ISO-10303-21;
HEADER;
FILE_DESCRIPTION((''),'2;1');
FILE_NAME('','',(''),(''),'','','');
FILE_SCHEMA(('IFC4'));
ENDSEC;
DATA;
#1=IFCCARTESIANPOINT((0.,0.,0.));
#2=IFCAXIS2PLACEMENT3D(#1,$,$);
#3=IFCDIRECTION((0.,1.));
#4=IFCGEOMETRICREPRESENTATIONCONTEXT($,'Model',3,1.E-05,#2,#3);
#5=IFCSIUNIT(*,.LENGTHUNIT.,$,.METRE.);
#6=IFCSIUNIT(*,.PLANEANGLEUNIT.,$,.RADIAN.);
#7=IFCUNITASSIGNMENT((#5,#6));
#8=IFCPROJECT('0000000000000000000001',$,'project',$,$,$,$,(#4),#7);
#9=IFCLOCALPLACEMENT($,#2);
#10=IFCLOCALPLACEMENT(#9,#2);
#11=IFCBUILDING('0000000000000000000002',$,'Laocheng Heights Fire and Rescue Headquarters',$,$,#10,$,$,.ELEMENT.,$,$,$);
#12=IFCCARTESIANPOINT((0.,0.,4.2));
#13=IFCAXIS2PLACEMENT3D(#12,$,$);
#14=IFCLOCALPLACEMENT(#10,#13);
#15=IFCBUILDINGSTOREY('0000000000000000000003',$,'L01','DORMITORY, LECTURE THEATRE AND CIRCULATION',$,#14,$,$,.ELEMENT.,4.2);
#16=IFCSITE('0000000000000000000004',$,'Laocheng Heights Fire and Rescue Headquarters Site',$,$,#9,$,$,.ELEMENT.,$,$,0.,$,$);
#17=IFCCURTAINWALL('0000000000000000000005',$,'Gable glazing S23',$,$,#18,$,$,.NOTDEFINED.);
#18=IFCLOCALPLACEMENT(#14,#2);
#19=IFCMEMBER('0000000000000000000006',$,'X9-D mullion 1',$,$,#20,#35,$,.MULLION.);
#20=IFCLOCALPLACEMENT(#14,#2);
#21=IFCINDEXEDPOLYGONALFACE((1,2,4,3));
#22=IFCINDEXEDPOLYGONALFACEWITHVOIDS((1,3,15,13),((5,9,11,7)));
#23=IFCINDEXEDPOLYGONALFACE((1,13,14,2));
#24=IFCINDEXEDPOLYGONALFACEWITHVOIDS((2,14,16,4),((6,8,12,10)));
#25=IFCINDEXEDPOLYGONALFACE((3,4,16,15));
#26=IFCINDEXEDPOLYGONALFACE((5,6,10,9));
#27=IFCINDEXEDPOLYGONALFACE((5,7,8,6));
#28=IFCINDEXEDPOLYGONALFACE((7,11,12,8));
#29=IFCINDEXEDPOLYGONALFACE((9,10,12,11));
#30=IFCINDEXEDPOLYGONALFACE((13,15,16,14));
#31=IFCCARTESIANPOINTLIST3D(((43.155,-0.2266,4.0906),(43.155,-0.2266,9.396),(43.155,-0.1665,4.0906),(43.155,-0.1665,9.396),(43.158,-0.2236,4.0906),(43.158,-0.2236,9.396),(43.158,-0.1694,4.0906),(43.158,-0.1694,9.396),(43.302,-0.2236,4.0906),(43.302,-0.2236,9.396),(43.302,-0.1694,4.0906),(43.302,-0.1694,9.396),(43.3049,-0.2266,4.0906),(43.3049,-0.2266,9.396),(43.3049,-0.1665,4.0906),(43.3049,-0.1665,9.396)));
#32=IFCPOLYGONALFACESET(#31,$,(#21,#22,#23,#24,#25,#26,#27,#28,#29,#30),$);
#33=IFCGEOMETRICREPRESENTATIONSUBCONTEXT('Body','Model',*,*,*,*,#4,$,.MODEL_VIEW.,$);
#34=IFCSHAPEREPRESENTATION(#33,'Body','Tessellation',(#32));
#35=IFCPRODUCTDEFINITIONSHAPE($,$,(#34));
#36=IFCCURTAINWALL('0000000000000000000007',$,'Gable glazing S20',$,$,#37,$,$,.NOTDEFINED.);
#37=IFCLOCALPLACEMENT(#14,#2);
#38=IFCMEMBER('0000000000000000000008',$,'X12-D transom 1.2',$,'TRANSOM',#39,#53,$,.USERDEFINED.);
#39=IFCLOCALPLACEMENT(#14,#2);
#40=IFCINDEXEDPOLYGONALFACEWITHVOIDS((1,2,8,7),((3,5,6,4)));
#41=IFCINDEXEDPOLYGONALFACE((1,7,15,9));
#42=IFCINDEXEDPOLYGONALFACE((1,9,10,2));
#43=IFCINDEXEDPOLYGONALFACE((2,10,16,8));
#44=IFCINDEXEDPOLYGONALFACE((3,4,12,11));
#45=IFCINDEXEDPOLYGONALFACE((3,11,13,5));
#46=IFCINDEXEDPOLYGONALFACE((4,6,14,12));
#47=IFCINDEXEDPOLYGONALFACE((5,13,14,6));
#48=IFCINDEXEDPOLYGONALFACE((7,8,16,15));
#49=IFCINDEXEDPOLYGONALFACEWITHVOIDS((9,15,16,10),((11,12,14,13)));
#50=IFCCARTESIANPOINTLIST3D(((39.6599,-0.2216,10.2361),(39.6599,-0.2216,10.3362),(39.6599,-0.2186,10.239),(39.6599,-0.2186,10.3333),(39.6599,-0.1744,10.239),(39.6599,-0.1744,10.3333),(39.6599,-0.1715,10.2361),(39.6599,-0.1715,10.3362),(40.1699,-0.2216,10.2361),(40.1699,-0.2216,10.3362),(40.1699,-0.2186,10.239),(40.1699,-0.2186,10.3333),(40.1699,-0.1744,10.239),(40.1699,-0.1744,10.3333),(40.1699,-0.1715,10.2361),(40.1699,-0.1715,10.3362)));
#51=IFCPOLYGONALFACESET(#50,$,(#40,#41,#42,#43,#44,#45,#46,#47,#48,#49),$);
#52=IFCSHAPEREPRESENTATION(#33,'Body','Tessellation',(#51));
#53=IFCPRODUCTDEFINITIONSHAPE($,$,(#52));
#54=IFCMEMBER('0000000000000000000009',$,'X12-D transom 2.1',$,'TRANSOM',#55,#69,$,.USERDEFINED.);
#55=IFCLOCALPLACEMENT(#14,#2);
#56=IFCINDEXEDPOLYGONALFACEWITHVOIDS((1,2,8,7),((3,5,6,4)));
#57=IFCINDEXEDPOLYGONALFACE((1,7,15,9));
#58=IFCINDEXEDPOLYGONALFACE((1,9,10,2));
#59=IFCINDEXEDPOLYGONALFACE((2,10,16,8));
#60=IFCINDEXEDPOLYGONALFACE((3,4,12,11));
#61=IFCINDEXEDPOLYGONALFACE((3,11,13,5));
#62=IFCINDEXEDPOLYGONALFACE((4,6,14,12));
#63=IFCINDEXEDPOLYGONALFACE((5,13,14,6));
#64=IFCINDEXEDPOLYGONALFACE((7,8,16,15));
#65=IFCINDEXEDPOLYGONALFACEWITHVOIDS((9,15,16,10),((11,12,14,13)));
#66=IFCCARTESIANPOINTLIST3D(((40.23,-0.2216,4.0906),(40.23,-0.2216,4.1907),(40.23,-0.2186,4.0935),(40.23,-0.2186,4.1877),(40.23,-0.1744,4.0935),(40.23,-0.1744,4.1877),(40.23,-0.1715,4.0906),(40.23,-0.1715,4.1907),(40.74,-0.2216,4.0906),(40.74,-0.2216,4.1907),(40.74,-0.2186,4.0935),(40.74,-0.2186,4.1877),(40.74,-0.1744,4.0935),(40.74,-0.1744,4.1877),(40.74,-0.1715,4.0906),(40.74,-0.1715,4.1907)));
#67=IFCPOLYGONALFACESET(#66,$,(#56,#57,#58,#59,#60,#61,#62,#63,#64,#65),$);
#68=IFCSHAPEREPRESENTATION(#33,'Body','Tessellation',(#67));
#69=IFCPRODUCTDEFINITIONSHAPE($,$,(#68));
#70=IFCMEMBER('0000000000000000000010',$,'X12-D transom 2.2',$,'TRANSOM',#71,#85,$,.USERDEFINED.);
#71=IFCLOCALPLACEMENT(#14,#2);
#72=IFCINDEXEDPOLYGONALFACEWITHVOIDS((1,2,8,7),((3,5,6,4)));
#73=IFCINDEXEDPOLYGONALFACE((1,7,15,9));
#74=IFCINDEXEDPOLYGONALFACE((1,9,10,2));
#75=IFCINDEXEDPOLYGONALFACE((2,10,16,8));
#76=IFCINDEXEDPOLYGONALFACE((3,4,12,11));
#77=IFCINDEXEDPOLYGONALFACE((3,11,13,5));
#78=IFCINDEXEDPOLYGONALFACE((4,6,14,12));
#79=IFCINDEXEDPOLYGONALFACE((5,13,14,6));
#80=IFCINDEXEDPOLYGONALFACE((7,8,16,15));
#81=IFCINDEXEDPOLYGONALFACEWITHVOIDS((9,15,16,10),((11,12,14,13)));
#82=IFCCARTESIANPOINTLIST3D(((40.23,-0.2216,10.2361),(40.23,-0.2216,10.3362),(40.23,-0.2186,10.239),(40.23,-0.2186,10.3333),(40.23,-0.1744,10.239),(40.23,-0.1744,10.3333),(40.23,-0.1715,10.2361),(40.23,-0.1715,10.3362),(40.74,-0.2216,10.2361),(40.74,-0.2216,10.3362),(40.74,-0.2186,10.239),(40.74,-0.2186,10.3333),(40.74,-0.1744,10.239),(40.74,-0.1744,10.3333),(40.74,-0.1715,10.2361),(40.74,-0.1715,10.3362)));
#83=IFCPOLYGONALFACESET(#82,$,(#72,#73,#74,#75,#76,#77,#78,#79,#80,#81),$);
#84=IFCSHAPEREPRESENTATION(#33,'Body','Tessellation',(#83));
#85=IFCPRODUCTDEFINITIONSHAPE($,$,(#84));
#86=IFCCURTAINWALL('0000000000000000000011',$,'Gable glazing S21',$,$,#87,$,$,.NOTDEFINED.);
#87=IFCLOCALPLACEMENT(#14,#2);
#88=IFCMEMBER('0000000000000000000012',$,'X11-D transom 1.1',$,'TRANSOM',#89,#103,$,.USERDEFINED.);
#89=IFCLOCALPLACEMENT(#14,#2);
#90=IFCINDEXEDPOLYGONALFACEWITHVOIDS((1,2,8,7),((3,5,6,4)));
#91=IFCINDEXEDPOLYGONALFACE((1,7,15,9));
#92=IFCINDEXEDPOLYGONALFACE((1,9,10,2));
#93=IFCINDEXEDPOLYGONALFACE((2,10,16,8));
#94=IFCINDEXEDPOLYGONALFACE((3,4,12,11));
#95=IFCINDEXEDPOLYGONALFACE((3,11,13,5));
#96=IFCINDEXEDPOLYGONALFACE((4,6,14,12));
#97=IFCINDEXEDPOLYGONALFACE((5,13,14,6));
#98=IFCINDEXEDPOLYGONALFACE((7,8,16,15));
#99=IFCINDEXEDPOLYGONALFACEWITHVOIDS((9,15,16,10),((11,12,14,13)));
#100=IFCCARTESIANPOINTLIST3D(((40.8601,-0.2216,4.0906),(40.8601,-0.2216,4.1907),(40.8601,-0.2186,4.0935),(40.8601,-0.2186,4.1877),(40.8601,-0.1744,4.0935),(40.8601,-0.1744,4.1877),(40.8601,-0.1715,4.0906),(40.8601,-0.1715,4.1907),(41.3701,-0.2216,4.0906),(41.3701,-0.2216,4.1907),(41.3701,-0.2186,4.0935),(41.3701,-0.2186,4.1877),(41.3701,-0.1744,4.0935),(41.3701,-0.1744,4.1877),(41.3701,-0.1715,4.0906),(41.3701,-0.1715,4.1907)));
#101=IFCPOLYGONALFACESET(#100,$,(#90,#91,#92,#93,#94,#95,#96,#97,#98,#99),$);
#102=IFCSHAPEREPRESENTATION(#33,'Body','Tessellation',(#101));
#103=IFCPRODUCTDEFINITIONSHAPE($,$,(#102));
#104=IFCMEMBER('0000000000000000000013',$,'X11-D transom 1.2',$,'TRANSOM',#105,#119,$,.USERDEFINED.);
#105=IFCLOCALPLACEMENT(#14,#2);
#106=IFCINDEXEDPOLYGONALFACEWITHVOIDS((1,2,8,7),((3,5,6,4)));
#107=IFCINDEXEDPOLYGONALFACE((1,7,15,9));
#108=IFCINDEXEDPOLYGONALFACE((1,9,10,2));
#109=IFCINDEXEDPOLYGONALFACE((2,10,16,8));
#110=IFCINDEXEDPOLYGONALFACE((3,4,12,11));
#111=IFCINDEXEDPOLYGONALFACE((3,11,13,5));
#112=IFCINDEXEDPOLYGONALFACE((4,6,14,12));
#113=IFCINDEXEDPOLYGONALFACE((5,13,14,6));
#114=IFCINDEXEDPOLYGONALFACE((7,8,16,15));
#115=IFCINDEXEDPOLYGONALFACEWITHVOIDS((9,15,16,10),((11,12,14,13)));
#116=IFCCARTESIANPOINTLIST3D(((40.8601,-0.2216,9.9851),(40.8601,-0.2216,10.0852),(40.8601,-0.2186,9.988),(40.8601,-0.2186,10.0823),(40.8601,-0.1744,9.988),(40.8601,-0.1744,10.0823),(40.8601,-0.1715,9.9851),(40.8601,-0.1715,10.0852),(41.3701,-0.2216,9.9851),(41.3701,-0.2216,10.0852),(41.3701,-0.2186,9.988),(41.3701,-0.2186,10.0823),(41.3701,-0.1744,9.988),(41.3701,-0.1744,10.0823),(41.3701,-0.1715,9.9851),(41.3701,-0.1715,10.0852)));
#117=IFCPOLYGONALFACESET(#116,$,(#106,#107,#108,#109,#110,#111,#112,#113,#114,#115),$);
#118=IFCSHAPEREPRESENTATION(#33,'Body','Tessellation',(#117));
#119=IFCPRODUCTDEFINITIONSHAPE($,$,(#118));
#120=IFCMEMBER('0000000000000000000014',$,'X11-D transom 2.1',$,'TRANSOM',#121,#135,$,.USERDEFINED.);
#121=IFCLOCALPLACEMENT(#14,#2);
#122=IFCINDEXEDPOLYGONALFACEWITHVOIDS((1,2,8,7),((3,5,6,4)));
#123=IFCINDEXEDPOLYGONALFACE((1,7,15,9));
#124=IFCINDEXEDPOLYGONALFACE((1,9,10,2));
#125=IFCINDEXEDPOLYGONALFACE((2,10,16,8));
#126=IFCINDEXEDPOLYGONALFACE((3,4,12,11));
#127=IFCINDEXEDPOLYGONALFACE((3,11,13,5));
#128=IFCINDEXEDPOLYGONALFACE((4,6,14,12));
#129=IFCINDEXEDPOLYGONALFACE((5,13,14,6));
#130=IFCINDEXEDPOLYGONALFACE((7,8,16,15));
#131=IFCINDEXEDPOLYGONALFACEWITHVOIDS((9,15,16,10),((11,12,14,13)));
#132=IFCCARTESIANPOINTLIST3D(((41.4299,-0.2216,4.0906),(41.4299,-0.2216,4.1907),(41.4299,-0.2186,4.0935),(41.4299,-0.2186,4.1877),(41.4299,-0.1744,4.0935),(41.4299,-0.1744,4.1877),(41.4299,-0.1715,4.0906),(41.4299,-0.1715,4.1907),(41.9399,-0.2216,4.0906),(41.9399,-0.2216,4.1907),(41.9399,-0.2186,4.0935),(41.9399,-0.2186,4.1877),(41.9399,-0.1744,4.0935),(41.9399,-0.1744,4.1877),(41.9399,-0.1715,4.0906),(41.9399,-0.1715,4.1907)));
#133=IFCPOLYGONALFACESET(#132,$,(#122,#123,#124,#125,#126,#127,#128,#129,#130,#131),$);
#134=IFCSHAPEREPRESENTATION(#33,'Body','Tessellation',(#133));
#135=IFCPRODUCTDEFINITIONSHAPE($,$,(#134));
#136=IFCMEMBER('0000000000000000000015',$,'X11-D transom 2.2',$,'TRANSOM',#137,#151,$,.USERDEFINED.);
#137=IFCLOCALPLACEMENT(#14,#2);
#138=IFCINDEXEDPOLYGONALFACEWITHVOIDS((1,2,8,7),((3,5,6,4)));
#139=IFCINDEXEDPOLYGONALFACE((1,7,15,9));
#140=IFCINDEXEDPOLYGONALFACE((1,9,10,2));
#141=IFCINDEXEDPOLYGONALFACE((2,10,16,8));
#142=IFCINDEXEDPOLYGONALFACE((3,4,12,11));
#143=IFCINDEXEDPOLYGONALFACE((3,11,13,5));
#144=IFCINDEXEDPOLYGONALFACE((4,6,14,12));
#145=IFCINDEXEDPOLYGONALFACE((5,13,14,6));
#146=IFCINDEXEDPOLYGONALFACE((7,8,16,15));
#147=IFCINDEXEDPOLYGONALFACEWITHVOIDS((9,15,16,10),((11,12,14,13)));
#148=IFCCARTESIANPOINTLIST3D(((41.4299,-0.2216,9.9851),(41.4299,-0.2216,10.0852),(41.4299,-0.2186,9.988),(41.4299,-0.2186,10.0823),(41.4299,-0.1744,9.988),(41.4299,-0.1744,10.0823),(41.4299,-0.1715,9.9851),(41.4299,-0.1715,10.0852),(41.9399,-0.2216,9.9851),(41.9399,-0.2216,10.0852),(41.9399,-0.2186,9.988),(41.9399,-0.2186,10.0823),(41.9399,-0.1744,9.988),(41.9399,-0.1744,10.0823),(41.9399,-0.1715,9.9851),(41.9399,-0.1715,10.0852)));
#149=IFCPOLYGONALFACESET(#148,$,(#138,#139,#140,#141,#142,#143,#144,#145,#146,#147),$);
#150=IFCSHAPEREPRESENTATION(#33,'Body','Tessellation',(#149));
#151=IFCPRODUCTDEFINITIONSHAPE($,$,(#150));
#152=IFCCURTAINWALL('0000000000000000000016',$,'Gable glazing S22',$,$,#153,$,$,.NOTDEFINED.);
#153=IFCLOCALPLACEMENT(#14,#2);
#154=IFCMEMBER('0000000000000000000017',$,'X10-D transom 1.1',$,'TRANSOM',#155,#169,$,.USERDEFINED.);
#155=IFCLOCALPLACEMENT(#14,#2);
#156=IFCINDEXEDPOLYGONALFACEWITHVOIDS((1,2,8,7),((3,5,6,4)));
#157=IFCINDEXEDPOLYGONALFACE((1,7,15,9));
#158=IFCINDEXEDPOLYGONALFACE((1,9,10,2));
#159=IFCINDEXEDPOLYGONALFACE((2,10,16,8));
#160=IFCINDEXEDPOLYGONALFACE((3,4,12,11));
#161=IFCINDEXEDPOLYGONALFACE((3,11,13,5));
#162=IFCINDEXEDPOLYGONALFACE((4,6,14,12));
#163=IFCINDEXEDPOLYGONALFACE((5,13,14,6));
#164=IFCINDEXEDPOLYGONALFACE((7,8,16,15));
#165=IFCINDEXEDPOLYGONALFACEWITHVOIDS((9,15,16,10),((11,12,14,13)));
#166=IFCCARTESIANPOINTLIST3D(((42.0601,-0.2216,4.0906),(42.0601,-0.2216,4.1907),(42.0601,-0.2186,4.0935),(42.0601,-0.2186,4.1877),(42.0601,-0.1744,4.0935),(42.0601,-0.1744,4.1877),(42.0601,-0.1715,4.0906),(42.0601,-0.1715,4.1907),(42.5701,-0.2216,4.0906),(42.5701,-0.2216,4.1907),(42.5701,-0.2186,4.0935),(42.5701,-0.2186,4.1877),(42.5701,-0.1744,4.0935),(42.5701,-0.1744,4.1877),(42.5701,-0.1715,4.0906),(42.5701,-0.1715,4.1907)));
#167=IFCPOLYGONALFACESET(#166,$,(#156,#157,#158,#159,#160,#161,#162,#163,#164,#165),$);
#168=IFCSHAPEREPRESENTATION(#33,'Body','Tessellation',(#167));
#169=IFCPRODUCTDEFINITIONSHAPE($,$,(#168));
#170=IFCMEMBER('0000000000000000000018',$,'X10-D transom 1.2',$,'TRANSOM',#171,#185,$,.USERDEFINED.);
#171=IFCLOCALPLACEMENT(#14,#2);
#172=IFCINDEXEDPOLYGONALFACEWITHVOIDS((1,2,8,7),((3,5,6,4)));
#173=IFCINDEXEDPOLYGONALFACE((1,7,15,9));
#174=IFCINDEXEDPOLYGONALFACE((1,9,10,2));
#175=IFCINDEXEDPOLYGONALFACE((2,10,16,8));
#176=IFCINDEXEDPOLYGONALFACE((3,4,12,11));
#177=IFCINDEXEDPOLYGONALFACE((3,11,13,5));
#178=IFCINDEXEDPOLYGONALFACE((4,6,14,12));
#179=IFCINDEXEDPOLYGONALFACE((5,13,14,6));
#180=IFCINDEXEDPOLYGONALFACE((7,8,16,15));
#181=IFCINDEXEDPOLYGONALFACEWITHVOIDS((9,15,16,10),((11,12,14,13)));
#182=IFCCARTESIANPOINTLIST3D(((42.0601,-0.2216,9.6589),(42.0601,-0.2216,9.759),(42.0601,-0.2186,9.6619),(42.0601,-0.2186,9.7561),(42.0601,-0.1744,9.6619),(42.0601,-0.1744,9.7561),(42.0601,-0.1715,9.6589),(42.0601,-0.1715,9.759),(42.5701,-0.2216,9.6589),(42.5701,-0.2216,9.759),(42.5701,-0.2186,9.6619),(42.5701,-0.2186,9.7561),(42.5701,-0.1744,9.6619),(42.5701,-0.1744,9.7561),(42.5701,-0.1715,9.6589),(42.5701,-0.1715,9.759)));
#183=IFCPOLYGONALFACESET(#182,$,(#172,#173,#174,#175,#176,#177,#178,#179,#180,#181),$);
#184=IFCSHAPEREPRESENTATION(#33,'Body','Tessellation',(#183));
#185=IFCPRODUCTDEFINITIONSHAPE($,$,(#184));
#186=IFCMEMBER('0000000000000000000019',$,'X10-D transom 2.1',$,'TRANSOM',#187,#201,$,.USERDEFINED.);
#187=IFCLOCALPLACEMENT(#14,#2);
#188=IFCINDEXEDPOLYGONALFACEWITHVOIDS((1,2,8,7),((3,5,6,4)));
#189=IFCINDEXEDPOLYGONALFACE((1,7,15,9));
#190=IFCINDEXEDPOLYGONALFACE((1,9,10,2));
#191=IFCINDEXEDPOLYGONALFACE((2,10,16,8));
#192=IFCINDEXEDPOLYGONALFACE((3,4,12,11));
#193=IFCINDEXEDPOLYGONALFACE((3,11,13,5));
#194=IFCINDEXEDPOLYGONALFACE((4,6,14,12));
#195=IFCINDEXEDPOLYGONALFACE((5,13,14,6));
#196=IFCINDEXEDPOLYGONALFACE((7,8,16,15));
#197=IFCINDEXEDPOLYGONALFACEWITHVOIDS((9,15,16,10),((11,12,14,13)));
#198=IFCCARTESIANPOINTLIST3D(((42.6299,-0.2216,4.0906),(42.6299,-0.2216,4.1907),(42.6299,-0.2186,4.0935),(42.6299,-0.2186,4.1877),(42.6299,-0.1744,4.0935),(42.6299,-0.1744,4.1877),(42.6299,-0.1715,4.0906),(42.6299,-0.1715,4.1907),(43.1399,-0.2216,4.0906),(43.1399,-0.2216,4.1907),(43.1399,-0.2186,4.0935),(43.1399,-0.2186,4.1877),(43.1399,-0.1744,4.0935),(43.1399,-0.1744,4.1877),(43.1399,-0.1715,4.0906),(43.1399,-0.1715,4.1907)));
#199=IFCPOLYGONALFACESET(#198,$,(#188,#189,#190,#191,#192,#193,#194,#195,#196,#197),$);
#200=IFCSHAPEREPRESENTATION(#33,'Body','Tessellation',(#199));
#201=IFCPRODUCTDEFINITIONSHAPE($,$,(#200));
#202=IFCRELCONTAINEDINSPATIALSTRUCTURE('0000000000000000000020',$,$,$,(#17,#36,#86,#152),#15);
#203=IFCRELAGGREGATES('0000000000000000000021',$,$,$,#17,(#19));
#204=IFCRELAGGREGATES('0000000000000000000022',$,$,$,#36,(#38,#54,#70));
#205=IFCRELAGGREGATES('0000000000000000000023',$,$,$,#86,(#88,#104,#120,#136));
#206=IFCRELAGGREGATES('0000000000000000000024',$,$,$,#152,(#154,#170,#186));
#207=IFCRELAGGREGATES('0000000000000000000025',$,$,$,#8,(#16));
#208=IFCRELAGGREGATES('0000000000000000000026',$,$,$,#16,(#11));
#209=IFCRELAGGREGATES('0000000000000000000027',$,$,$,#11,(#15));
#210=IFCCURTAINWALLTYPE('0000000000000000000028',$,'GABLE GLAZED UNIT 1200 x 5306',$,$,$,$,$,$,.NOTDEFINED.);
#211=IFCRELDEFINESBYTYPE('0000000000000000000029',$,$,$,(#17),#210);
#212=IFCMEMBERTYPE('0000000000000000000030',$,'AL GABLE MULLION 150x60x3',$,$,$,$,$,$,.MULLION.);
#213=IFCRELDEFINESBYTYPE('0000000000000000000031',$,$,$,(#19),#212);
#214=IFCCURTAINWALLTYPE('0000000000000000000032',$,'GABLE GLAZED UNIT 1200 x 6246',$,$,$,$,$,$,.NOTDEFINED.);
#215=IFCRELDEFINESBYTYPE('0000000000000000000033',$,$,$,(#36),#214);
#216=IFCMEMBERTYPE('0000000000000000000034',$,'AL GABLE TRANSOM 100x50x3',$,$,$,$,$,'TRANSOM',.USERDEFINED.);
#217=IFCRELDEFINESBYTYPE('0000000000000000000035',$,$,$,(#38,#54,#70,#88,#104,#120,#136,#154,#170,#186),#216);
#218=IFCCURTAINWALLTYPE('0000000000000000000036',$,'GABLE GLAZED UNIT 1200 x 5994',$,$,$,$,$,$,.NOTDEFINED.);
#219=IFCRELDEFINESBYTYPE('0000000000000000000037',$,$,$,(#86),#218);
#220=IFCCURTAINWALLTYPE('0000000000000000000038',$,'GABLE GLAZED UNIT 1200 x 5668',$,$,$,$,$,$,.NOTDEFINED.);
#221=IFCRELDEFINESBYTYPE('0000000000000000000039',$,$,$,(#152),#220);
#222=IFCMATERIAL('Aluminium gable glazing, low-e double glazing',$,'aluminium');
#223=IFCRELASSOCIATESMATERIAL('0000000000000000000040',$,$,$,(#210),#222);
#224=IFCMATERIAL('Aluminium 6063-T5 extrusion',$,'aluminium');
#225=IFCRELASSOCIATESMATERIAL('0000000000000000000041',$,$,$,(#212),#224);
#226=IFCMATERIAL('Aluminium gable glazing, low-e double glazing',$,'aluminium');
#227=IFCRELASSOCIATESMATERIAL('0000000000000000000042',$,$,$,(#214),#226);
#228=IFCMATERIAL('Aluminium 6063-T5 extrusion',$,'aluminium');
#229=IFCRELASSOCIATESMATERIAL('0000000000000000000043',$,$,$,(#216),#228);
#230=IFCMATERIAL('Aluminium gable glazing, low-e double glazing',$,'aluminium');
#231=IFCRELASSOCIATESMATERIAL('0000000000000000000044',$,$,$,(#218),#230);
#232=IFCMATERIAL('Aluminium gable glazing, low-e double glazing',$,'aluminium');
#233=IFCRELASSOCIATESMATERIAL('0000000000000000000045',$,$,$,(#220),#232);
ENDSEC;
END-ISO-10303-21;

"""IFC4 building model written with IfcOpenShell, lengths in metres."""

from ifc_helpers import new_model, si_unit, direction, frame, origin, origin_2d, place, context, subcontext, project, spatial, hollow_rectangle, extrude, material, material_profile, profile_set, type_object, element, aggregate, save


model = new_model("IFC4")

# Units and contexts
model_context = context("Model", 3, precision=1e-05, world=origin(), true_north=direction((0.0, 1.0)))
body_context = subcontext(model_context, "Body", "Model", "MODEL_VIEW")
ifc_project = project(units=[si_unit("LENGTHUNIT", "METRE"), si_unit("PLANEANGLEUNIT", "RADIAN")], contexts=[model_context])

# Site, building, storey
site_placement = place(None, origin())
site = spatial("IfcSite", under=ifc_project, at=site_placement, Name="Laocheng Heights Fire and Rescue Headquarters Site", CompositionType="ELEMENT", RefElevation=0.0)
building_placement = place(site_placement, origin())
building = spatial("IfcBuilding", under=site, at=building_placement, Name="Laocheng Heights Fire and Rescue Headquarters", CompositionType="ELEMENT")
storey_placement = place(building_placement, frame((0.0, 0.0, 4.2)))
storey = spatial("IfcBuildingStorey", under=building, at=storey_placement, Name="L01", Description="DORMITORY, LECTURE THEATRE AND CIRCULATION", CompositionType="ELEMENT", Elevation=4.2)

# Curtain wall, member
ifc_material_1 = material(Name="Aluminium gable glazing, low-e double glazing", Category="aluminium")
curtain_wall_type_1 = type_object("IfcCurtainWallType", Name="GABLE GLAZED UNIT 1200 x 5306", PredefinedType="NOTDEFINED", material=ifc_material_1)
curtain_wall_1_placement = place(storey_placement, origin())
curtain_wall_1 = element("IfcCurtainWall", 1, at=curtain_wall_1_placement, inside=storey, type_object=curtain_wall_type_1, Name="Gable glazing S23", PredefinedType="NOTDEFINED")
ifc_material_2 = material(Name="Aluminium 6063-T5 extrusion", Category="aluminium")
ifc_material_profile_1 = material_profile(ifc_material_2, hollow_rectangle(XDim=0.0601, YDim=0.1499, WallThickness=0.0029, at=origin_2d()), Name="AL MULLION 150x60x3")
ifc_profile_set_1 = profile_set([ifc_material_profile_1], Name="Aluminium 6063-T5 extrusion")
member_type_1 = type_object("IfcMemberType", Name="AL GABLE MULLION 150x60x3", PredefinedType="MULLION", material=ifc_profile_set_1)
member_1_placement = place(storey_placement, frame((43.23, -0.1965, 4.0906), z_axis=(0.0, 0.0, 1.0), x_axis=(0.0, 1.0, 0.0)))
member_1 = element("IfcMember", 2, at=member_1_placement, type_object=member_type_1, Name="X9-D mullion 1", PredefinedType="MULLION", context=body_context, shape_type="SweptSolid", body=[
    extrude(hollow_rectangle(XDim=0.0601, YDim=0.1499, WallThickness=0.0029, at=origin_2d()), origin(), (0.0, 0.0, 1.0), 5.3054),
])

# Curtain walls, members
ifc_material_3 = material(Name="Aluminium gable glazing, low-e double glazing", Category="aluminium")
curtain_wall_type_2 = type_object("IfcCurtainWallType", Name="GABLE GLAZED UNIT 1200 x 6246", PredefinedType="NOTDEFINED", material=ifc_material_3)
curtain_wall_2_placement = place(storey_placement, origin())
curtain_wall_2 = element("IfcCurtainWall", 3, at=curtain_wall_2_placement, inside=storey, type_object=curtain_wall_type_2, Name="Gable glazing S20", PredefinedType="NOTDEFINED")
ifc_material_4 = material(Name="Aluminium 6063-T5 extrusion", Category="aluminium")
ifc_material_profile_2 = material_profile(ifc_material_4, hollow_rectangle(XDim=0.05, YDim=0.1001, WallThickness=0.0029, at=origin_2d()), Name="AL TRANSOM 100x50x3")
ifc_profile_set_2 = profile_set([ifc_material_profile_2], Name="Aluminium 6063-T5 extrusion")
member_type_2 = type_object("IfcMemberType", Name="AL GABLE TRANSOM 100x50x3", ElementType="TRANSOM", PredefinedType="USERDEFINED", material=ifc_profile_set_2)
member_2_placement = place(storey_placement, frame((39.6599, -0.1965, 10.2861), z_axis=(1.0, 0.0, 0.0), x_axis=(0.0, 1.0, 0.0)))
member_2 = element("IfcMember", 4, at=member_2_placement, type_object=member_type_2, Name="X12-D transom 1.2", ObjectType="TRANSOM", PredefinedType="USERDEFINED", context=body_context, shape_type="SweptSolid", body=[
    extrude(hollow_rectangle(XDim=0.05, YDim=0.1001, WallThickness=0.0029, at=origin_2d()), origin(), (0.0, 0.0, 1.0), 0.51),
])
member_3_placement = place(storey_placement, frame((40.23, -0.1965, 4.1406), z_axis=(1.0, 0.0, 0.0), x_axis=(0.0, 1.0, 0.0)))
member_3 = element("IfcMember", 5, at=member_3_placement, type_object=member_type_2, Name="X12-D transom 2.1", ObjectType="TRANSOM", PredefinedType="USERDEFINED", context=body_context, shape_type="SweptSolid", body=[
    extrude(hollow_rectangle(XDim=0.05, YDim=0.1001, WallThickness=0.0029, at=origin_2d()), origin(), (0.0, 0.0, 1.0), 0.51),
])
member_4_placement = place(storey_placement, frame((40.23, -0.1965, 10.2861), z_axis=(1.0, 0.0, 0.0), x_axis=(0.0, 1.0, 0.0)))
member_4 = element("IfcMember", 6, at=member_4_placement, type_object=member_type_2, Name="X12-D transom 2.2", ObjectType="TRANSOM", PredefinedType="USERDEFINED", context=body_context, shape_type="SweptSolid", body=[
    extrude(hollow_rectangle(XDim=0.05, YDim=0.1001, WallThickness=0.0029, at=origin_2d()), origin(), (0.0, 0.0, 1.0), 0.51),
])
ifc_material_5 = material(Name="Aluminium gable glazing, low-e double glazing", Category="aluminium")
curtain_wall_type_3 = type_object("IfcCurtainWallType", Name="GABLE GLAZED UNIT 1200 x 5994", PredefinedType="NOTDEFINED", material=ifc_material_5)
curtain_wall_3_placement = place(storey_placement, origin())
curtain_wall_3 = element("IfcCurtainWall", 7, at=curtain_wall_3_placement, inside=storey, type_object=curtain_wall_type_3, Name="Gable glazing S21", PredefinedType="NOTDEFINED")
member_5_placement = place(storey_placement, frame((40.8601, -0.1965, 4.1406), z_axis=(1.0, 0.0, 0.0), x_axis=(0.0, 1.0, 0.0)))
member_5 = element("IfcMember", 8, at=member_5_placement, type_object=member_type_2, Name="X11-D transom 1.1", ObjectType="TRANSOM", PredefinedType="USERDEFINED", context=body_context, shape_type="SweptSolid", body=[
    extrude(hollow_rectangle(XDim=0.05, YDim=0.1001, WallThickness=0.0029, at=origin_2d()), origin(), (0.0, 0.0, 1.0), 0.51),
])
member_6_placement = place(storey_placement, frame((40.8601, -0.1965, 10.0352), z_axis=(1.0, 0.0, 0.0), x_axis=(0.0, 1.0, 0.0)))
member_6 = element("IfcMember", 9, at=member_6_placement, type_object=member_type_2, Name="X11-D transom 1.2", ObjectType="TRANSOM", PredefinedType="USERDEFINED", context=body_context, shape_type="SweptSolid", body=[
    extrude(hollow_rectangle(XDim=0.05, YDim=0.1001, WallThickness=0.0029, at=origin_2d()), origin(), (0.0, 0.0, 1.0), 0.51),
])
member_7_placement = place(storey_placement, frame((41.4299, -0.1965, 4.1406), z_axis=(1.0, 0.0, 0.0), x_axis=(0.0, 1.0, 0.0)))
member_7 = element("IfcMember", 10, at=member_7_placement, type_object=member_type_2, Name="X11-D transom 2.1", ObjectType="TRANSOM", PredefinedType="USERDEFINED", context=body_context, shape_type="SweptSolid", body=[
    extrude(hollow_rectangle(XDim=0.05, YDim=0.1001, WallThickness=0.0029, at=origin_2d()), origin(), (0.0, 0.0, 1.0), 0.51),
])
member_8_placement = place(storey_placement, frame((41.4299, -0.1965, 10.0352), z_axis=(1.0, 0.0, 0.0), x_axis=(0.0, 1.0, 0.0)))
member_8 = element("IfcMember", 11, at=member_8_placement, type_object=member_type_2, Name="X11-D transom 2.2", ObjectType="TRANSOM", PredefinedType="USERDEFINED", context=body_context, shape_type="SweptSolid", body=[
    extrude(hollow_rectangle(XDim=0.05, YDim=0.1001, WallThickness=0.0029, at=origin_2d()), origin(), (0.0, 0.0, 1.0), 0.51),
])
ifc_material_6 = material(Name="Aluminium gable glazing, low-e double glazing", Category="aluminium")
curtain_wall_type_4 = type_object("IfcCurtainWallType", Name="GABLE GLAZED UNIT 1200 x 5668", PredefinedType="NOTDEFINED", material=ifc_material_6)
curtain_wall_4_placement = place(storey_placement, origin())
curtain_wall_4 = element("IfcCurtainWall", 12, at=curtain_wall_4_placement, inside=storey, type_object=curtain_wall_type_4, Name="Gable glazing S22", PredefinedType="NOTDEFINED")
member_9_placement = place(storey_placement, frame((42.0601, -0.1965, 4.1406), z_axis=(1.0, 0.0, 0.0), x_axis=(0.0, 1.0, 0.0)))
member_9 = element("IfcMember", 13, at=member_9_placement, type_object=member_type_2, Name="X10-D transom 1.1", ObjectType="TRANSOM", PredefinedType="USERDEFINED", context=body_context, shape_type="SweptSolid", body=[
    extrude(hollow_rectangle(XDim=0.05, YDim=0.1001, WallThickness=0.0029, at=origin_2d()), origin(), (0.0, 0.0, 1.0), 0.51),
])
member_10_placement = place(storey_placement, frame((42.0601, -0.1965, 9.709), z_axis=(1.0, 0.0, 0.0), x_axis=(0.0, 1.0, 0.0)))
member_10 = element("IfcMember", 14, at=member_10_placement, type_object=member_type_2, Name="X10-D transom 1.2", ObjectType="TRANSOM", PredefinedType="USERDEFINED", context=body_context, shape_type="SweptSolid", body=[
    extrude(hollow_rectangle(XDim=0.05, YDim=0.1001, WallThickness=0.0029, at=origin_2d()), origin(), (0.0, 0.0, 1.0), 0.51),
])
member_11_placement = place(storey_placement, frame((42.6299, -0.1965, 4.1406), z_axis=(1.0, 0.0, 0.0), x_axis=(0.0, 1.0, 0.0)))
member_11 = element("IfcMember", 15, at=member_11_placement, type_object=member_type_2, Name="X10-D transom 2.1", ObjectType="TRANSOM", PredefinedType="USERDEFINED", context=body_context, shape_type="SweptSolid", body=[
    extrude(hollow_rectangle(XDim=0.05, YDim=0.1001, WallThickness=0.0029, at=origin_2d()), origin(), (0.0, 0.0, 1.0), 0.51),
])

aggregate(curtain_wall_1, [member_1])

aggregate(curtain_wall_2, [member_2, member_3, member_4])
aggregate(curtain_wall_3, [member_5, member_6, member_7, member_8])
aggregate(curtain_wall_4, [member_9, member_10, member_11])

save(model, "model.ifc")
